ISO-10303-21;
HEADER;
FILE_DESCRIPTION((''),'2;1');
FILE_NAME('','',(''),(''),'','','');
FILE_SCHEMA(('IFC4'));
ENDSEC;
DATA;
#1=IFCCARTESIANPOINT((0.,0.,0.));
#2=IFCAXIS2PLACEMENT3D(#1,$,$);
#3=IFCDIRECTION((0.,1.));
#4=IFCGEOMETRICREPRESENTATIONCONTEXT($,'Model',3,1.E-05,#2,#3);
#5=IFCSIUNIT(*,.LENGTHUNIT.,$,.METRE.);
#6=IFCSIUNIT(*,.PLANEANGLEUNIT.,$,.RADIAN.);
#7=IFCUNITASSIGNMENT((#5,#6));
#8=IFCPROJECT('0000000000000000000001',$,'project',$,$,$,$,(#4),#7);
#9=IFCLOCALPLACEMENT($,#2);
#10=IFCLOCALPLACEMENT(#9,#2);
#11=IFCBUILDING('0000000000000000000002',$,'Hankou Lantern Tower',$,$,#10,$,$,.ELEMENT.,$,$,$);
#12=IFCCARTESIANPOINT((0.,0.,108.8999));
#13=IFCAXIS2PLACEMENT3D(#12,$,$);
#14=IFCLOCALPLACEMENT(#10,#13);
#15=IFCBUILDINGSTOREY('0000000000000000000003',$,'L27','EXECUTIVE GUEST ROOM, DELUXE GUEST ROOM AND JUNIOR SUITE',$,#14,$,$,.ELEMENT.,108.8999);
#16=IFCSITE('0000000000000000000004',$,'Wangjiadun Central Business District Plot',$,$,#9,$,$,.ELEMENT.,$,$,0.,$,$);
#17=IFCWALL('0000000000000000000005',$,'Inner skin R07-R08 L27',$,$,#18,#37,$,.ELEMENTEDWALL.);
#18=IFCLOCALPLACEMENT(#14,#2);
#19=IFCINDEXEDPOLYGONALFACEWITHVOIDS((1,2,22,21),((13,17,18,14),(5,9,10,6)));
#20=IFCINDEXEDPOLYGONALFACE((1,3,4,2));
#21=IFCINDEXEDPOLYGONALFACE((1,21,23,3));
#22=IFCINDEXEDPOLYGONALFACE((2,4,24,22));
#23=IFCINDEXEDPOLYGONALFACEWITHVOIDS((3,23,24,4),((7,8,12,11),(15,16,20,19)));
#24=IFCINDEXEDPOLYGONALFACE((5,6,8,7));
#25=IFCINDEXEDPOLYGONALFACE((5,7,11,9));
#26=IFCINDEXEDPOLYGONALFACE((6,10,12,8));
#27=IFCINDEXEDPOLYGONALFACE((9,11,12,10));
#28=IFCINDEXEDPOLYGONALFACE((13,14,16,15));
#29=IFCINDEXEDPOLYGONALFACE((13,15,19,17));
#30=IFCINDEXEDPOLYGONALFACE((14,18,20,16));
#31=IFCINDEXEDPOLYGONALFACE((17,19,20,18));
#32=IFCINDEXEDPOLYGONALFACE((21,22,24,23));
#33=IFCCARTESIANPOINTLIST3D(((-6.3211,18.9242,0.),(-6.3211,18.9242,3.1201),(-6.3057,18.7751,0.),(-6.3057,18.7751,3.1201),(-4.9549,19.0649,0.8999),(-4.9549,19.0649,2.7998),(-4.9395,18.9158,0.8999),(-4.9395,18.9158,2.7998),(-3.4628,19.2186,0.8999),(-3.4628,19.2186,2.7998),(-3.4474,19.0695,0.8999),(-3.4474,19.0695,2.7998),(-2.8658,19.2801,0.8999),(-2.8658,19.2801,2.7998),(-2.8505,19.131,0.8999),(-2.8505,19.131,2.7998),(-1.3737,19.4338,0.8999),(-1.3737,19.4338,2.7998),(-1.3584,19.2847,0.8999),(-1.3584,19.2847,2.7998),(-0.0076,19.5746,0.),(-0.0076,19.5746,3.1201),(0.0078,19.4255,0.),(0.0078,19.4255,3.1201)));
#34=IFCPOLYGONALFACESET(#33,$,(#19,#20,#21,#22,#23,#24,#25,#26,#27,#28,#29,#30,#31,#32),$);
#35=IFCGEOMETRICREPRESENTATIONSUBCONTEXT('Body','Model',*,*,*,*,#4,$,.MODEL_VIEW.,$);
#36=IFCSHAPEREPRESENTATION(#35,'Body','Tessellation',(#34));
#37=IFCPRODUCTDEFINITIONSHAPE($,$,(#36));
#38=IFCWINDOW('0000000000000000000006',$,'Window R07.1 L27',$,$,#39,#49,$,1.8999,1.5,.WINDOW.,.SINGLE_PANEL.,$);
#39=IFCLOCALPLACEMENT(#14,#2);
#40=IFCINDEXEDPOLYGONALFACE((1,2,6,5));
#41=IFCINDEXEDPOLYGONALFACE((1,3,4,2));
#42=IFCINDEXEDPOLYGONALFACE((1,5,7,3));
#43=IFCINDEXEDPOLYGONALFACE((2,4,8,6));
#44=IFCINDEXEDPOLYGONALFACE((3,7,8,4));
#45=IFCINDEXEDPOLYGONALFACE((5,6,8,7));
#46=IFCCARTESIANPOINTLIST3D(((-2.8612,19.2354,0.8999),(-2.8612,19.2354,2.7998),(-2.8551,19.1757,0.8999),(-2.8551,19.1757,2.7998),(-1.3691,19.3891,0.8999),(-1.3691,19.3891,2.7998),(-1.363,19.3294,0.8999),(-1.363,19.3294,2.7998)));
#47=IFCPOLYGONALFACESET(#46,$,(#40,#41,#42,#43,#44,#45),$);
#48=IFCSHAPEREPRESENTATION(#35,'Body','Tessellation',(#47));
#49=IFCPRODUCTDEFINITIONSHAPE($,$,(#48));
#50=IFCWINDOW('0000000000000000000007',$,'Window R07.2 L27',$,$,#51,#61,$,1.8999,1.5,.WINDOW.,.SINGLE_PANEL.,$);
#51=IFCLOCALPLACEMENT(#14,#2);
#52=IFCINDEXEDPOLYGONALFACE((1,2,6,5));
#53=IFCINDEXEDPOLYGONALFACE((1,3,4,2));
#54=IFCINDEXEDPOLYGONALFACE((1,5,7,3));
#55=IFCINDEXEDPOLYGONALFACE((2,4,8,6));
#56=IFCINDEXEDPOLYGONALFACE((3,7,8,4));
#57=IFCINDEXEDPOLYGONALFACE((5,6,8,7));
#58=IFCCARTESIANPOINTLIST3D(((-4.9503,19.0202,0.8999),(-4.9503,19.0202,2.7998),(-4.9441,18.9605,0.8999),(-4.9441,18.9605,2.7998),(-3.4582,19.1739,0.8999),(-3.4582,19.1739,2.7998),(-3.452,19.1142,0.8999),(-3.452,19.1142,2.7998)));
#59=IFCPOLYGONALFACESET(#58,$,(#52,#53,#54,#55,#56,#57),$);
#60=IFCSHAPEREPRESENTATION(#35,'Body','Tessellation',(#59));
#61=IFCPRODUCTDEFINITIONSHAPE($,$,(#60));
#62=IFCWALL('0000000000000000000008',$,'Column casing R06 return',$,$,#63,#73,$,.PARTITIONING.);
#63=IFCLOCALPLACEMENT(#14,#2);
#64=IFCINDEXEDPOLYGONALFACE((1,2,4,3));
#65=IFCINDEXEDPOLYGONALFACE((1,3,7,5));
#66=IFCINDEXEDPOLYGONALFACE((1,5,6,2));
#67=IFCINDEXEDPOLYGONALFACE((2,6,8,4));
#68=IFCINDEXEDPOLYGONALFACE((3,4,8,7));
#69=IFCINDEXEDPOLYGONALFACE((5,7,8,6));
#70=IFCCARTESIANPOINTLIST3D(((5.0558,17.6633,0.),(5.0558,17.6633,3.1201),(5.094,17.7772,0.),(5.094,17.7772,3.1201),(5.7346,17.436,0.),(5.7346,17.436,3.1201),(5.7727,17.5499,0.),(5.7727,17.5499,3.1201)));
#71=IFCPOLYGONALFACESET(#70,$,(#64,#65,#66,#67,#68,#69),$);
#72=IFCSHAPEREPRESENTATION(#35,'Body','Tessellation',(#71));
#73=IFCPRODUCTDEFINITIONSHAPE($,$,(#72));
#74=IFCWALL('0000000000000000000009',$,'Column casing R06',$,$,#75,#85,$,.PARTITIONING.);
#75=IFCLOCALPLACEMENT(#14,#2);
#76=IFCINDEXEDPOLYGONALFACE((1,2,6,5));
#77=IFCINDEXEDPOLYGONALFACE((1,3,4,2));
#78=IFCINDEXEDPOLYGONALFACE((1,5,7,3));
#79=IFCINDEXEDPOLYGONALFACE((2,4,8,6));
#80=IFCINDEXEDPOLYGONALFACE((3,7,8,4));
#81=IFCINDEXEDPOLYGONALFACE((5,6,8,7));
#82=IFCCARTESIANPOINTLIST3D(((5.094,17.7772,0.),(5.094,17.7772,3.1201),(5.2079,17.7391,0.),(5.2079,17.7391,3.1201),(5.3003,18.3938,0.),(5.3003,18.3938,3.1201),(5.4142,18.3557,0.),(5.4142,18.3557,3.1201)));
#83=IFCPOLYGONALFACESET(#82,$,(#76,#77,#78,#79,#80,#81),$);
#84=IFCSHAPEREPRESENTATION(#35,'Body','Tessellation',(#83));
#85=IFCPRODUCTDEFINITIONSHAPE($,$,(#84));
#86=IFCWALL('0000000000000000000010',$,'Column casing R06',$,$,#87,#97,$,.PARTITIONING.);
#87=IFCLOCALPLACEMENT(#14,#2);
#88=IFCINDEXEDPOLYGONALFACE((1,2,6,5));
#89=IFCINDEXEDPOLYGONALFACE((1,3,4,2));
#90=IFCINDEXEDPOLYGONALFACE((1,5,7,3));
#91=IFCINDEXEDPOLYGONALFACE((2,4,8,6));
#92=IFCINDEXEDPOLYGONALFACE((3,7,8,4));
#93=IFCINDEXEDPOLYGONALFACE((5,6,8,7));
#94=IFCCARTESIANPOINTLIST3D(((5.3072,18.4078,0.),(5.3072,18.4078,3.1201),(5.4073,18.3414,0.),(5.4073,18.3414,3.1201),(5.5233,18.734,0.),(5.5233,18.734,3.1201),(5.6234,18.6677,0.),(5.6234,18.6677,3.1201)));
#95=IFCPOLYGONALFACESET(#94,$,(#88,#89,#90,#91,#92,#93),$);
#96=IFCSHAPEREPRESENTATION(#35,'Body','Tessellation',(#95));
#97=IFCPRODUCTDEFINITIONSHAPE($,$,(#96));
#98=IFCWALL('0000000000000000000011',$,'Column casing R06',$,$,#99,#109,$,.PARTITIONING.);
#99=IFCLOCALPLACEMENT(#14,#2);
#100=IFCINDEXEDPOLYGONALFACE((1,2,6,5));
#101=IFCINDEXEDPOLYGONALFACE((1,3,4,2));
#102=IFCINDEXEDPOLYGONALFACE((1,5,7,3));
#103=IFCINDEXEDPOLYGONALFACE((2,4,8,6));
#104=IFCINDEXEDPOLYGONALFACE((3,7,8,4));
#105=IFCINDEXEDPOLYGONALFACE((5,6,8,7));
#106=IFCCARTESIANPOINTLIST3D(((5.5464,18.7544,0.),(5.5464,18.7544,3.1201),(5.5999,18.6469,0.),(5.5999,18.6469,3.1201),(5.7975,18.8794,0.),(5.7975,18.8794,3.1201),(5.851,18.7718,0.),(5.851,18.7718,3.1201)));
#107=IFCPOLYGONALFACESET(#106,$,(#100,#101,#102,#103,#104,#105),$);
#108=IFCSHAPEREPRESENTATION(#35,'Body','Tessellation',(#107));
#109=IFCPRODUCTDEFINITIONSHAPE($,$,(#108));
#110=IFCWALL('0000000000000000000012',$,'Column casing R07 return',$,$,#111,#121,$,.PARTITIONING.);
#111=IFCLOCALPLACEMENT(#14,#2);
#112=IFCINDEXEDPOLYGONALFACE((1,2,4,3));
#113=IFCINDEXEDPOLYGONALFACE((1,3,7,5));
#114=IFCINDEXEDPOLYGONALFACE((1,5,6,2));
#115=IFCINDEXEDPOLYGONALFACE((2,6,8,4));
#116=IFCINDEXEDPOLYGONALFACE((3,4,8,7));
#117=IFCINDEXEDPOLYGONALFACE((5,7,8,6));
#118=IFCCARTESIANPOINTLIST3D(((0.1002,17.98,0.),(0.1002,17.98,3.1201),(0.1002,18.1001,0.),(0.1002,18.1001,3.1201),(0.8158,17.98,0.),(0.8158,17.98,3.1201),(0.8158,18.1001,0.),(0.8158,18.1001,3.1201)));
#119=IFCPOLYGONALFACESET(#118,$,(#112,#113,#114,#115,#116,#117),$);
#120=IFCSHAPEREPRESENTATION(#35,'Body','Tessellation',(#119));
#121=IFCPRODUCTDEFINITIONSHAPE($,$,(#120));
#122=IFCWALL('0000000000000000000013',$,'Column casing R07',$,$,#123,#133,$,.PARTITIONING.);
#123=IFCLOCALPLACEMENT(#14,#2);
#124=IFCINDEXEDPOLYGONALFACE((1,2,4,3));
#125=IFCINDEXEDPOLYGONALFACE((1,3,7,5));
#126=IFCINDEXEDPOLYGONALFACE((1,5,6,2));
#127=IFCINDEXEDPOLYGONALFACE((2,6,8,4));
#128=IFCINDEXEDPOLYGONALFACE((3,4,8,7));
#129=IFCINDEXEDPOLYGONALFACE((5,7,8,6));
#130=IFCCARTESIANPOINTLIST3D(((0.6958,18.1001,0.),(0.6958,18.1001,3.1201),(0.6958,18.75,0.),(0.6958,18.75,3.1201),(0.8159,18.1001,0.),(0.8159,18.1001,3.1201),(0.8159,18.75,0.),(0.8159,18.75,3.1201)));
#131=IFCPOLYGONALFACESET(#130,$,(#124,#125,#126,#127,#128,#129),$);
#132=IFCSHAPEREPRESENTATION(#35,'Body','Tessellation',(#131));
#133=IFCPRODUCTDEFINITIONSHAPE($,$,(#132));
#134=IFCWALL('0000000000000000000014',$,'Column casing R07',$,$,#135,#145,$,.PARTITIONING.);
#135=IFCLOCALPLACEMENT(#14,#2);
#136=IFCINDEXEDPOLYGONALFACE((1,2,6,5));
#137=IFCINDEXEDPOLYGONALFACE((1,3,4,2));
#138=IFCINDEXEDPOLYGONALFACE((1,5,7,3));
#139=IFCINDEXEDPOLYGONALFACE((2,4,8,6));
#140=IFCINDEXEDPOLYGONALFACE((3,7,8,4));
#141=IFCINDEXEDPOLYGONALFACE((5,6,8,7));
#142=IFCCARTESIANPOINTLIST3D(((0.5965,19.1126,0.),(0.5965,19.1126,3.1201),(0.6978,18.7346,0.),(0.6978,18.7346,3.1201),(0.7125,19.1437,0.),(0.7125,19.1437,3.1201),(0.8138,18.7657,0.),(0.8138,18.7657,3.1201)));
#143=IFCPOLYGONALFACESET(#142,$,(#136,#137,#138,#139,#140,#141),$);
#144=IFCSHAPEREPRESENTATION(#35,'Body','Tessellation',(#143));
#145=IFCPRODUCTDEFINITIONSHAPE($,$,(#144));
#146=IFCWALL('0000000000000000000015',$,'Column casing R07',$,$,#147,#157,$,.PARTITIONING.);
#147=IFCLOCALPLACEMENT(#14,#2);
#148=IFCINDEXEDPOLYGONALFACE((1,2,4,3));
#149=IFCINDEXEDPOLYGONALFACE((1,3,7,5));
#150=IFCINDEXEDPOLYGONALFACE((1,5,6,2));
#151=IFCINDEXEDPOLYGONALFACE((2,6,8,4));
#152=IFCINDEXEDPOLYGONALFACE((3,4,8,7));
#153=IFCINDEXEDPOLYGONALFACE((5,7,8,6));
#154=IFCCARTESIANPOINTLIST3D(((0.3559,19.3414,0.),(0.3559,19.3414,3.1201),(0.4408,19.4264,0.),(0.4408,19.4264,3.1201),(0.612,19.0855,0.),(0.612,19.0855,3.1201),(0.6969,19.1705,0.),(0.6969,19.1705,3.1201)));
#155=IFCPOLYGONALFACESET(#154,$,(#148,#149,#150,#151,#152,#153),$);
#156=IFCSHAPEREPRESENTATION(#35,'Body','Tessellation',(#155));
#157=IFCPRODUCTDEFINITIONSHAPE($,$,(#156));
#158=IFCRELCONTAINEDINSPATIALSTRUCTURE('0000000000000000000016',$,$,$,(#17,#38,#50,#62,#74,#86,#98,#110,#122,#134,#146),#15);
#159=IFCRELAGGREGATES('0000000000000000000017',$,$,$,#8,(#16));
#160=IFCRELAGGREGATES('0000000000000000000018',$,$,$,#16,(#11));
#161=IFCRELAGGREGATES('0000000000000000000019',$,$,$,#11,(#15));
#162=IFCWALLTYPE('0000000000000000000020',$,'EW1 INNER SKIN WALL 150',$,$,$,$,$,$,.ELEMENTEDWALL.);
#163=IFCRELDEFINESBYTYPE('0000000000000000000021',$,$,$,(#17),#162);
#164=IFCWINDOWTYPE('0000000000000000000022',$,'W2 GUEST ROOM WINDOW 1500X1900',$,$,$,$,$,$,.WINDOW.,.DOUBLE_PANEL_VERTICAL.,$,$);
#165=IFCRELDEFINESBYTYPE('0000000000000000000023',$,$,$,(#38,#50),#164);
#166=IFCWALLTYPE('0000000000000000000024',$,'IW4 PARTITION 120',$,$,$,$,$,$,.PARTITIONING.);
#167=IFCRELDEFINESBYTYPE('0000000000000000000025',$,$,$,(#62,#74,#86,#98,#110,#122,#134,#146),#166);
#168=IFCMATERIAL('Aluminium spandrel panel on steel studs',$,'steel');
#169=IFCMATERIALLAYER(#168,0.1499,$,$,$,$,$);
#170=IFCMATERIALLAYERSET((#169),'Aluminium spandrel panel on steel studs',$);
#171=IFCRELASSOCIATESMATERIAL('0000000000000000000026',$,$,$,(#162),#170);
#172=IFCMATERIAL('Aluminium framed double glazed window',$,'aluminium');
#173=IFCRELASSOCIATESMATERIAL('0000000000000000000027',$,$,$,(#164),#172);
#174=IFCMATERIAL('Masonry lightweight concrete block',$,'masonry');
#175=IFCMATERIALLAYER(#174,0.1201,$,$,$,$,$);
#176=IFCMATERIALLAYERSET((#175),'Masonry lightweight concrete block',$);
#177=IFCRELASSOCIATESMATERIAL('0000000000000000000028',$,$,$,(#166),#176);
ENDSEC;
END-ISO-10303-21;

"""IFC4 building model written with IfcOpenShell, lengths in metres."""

from ifc_helpers import new_model, si_unit, direction, frame, frame_2d, origin, place, context, subcontext, project, spatial, rectangle, extrude, material, layer, layer_set, type_object, element, fill, save


model = new_model("IFC4")

# Units and contexts
model_context = context("Model", 3, precision=1e-05, world=origin(), true_north=direction((0.0, 1.0)))
body_context = subcontext(model_context, "Body", "Model", "MODEL_VIEW")
ifc_project = project(units=[si_unit("LENGTHUNIT", "METRE"), si_unit("PLANEANGLEUNIT", "RADIAN")], contexts=[model_context])

# Site, building, storey
site_placement = place(None, origin())
site = spatial("IfcSite", under=ifc_project, at=site_placement, Name="Wangjiadun Central Business District Plot", CompositionType="ELEMENT", RefElevation=0.0)
building_placement = place(site_placement, origin())
building = spatial("IfcBuilding", under=site, at=building_placement, Name="Hankou Lantern Tower", CompositionType="ELEMENT")
storey_placement = place(building_placement, frame((0.0, 0.0, 108.8999)))
storey = spatial("IfcBuildingStorey", under=building, at=storey_placement, Name="L27", Description="EXECUTIVE GUEST ROOM, DELUXE GUEST ROOM AND JUNIOR SUITE", CompositionType="ELEMENT", Elevation=108.8999)

# Wall, openings, windows
ifc_material_1 = material(Name="Aluminium spandrel panel on steel studs", Category="steel")
ifc_layer_1 = layer(ifc_material_1, 0.1499)
ifc_layer_set_1 = layer_set([ifc_layer_1], Name="Aluminium spandrel panel on steel studs")
wall_type_1 = type_object("IfcWallType", Name="EW1 INNER SKIN WALL 150", PredefinedType="ELEMENTEDWALL", material=ifc_layer_set_1)
ifc_material_2 = material(Name="Aluminium framed double glazed window", Category="aluminium")
window_type = type_object("IfcWindowType", Name="W2 GUEST ROOM WINDOW 1500X1900", PartitioningType="DOUBLE_PANEL_VERTICAL", PredefinedType="WINDOW", material=ifc_material_2)
wall_1_placement = place(storey_placement, frame((0.0, 19.5, 0.0), z_axis=(0.0, 0.0, 1.0), x_axis=(-0.994736, -0.102474, 0.0)))
wall_1 = element("IfcWall", 1, at=wall_1_placement, inside=storey, type_object=wall_type_1, Name="Inner skin R07-R08 L27", PredefinedType="ELEMENTEDWALL", context=body_context, shape_type="SweptSolid", body=[
    extrude(rectangle(XDim=6.3469, YDim=0.1499, at=frame_2d((3.1733, 0.0))), origin(), (0.0, 0.0, 1.0), 3.1201),
])
opening_1_placement = place(wall_1_placement, frame((1.3733, 0.0, 0.8999)))
opening_1 = element("IfcOpeningElement", 2, at=opening_1_placement, cuts=wall_1, PredefinedType="OPENING", context=body_context, shape_type="SweptSolid", body=[
    extrude(rectangle(XDim=1.5, YDim=1.8999, at=frame_2d((0.75, 0.95))), frame((0.0, 0.085, 0.0), z_axis=(0.0, -1.0, 0.0), x_axis=(1.0, 0.0, 0.0)), (0.0, 0.0, 1.0), 0.1699),
])
opening_2_placement = place(wall_1_placement, frame((3.4734, 0.0, 0.8999)))
opening_2 = element("IfcOpeningElement", 3, at=opening_2_placement, cuts=wall_1, PredefinedType="OPENING", context=body_context, shape_type="SweptSolid", body=[
    extrude(rectangle(XDim=1.5, YDim=1.8999, at=frame_2d((0.75, 0.95))), frame((0.0, 0.085, 0.0), z_axis=(0.0, -1.0, 0.0), x_axis=(1.0, 0.0, 0.0)), (0.0, 0.0, 1.0), 0.1699),
])
window_1_placement = place(opening_1_placement, origin())
window_1 = element("IfcWindow", 4, at=window_1_placement, inside=storey, type_object=window_type, Name="Window R07.1 L27", OverallHeight=1.8999, OverallWidth=1.5, PartitioningType="SINGLE_PANEL", PredefinedType="WINDOW", context=body_context, shape_type="SweptSolid", body=[
    extrude(rectangle(XDim=1.5, YDim=1.8999, at=frame_2d((0.75, 0.95))), frame((0.0, 0.03, 0.0), z_axis=(0.0, -1.0, 0.0), x_axis=(1.0, 0.0, 0.0)), (0.0, 0.0, 1.0), 0.0601),
])
fill(opening_1, window_1)
window_2_placement = place(opening_2_placement, origin())
window_2 = element("IfcWindow", 5, at=window_2_placement, inside=storey, type_object=window_type, Name="Window R07.2 L27", OverallHeight=1.8999, OverallWidth=1.5, PartitioningType="SINGLE_PANEL", PredefinedType="WINDOW", context=body_context, shape_type="SweptSolid", body=[
    extrude(rectangle(XDim=1.5, YDim=1.8999, at=frame_2d((0.75, 0.95))), frame((0.0, 0.03, 0.0), z_axis=(0.0, -1.0, 0.0), x_axis=(1.0, 0.0, 0.0)), (0.0, 0.0, 1.0), 0.0601),
])
fill(opening_2, window_2)

# Walls
ifc_material_3 = material(Name="Masonry lightweight concrete block", Category="masonry")
ifc_layer_2 = layer(ifc_material_3, 0.1201)
ifc_layer_set_2 = layer_set([ifc_layer_2], Name="Masonry lightweight concrete block")
wall_type_2 = type_object("IfcWallType", Name="IW4 PARTITION 120", PredefinedType="PARTITIONING", material=ifc_layer_set_2)
wall_2_placement = place(storey_placement, frame((5.7537, 17.4929, 0.0), z_axis=(0.0, 0.0, 1.0), x_axis=(-0.948239, 0.317558, 0.0)))
element("IfcWall", 6, at=wall_2_placement, inside=storey, type_object=wall_type_2, Name="Column casing R06 return", PredefinedType="PARTITIONING", context=body_context, shape_type="SweptSolid", body=[
    extrude(rectangle(XDim=0.7158, YDim=0.1201, at=frame_2d((0.3579, 0.0))), origin(), (0.0, 0.0, 1.0), 3.1201),
])
wall_3_placement = place(storey_placement, frame((5.1509, 17.7581, 0.0), z_axis=(0.0, 0.0, 1.0), x_axis=(0.317354, 0.948307, 0.0)))
element("IfcWall", 7, at=wall_3_placement, inside=storey, type_object=wall_type_2, Name="Column casing R06", PredefinedType="PARTITIONING", context=body_context, shape_type="SweptSolid", body=[
    extrude(rectangle(XDim=0.6501, YDim=0.1201, at=frame_2d((0.3252, 0.0))), origin(), (0.0, 0.0, 1.0), 3.1201),
])
wall_4_placement = place(storey_placement, frame((5.3572, 18.3745, 0.0), z_axis=(0.0, 0.0, 1.0), x_axis=(0.55225, 0.833679, 0.0)))
element("IfcWall", 8, at=wall_4_placement, inside=storey, type_object=wall_type_2, Name="Column casing R06", PredefinedType="PARTITIONING", context=body_context, shape_type="SweptSolid", body=[
    extrude(rectangle(XDim=0.3914, YDim=0.1201, at=frame_2d((0.1958, 0.0))), origin(), (0.0, 0.0, 1.0), 3.1201),
])
wall_5_placement = place(storey_placement, frame((5.5732, 18.7007, 0.0), z_axis=(0.0, 0.0, 1.0), x_axis=(0.895296, 0.445473, 0.0)))
element("IfcWall", 9, at=wall_5_placement, inside=storey, type_object=wall_type_2, Name="Column casing R06", PredefinedType="PARTITIONING", context=body_context, shape_type="SweptSolid", body=[
    extrude(rectangle(XDim=0.2805, YDim=0.1201, at=frame_2d((0.1401, 0.0))), origin(), (0.0, 0.0, 1.0), 3.1201),
])
wall_6_placement = place(storey_placement, frame((0.1001, 18.04, 0.0), z_axis=(0.0, 0.0, 1.0), x_axis=(1.0, 0.0, 0.0)))
element("IfcWall", 10, at=wall_6_placement, inside=storey, type_object=wall_type_2, Name="Column casing R07 return", PredefinedType="PARTITIONING", context=body_context, shape_type="SweptSolid", body=[
    extrude(rectangle(XDim=0.7156, YDim=0.1201, at=frame_2d((0.3579, 0.0))), origin(), (0.0, 0.0, 1.0), 3.1201),
])
wall_7_placement = place(storey_placement, frame((0.7559, 18.1001, 0.0), z_axis=(0.0, 0.0, 1.0), x_axis=(0.0, 1.0, 0.0)))
element("IfcWall", 11, at=wall_7_placement, inside=storey, type_object=wall_type_2, Name="Column casing R07", PredefinedType="PARTITIONING", context=body_context, shape_type="SweptSolid", body=[
    extrude(rectangle(XDim=0.6499, YDim=0.1201, at=frame_2d((0.325, 0.0))), origin(), (0.0, 0.0, 1.0), 3.1201),
])
wall_8_placement = place(storey_placement, frame((0.7559, 18.75, 0.0), z_axis=(0.0, 0.0, 1.0), x_axis=(-0.258944, 0.965892, 0.0)))
element("IfcWall", 12, at=wall_8_placement, inside=storey, type_object=wall_type_2, Name="Column casing R07", PredefinedType="PARTITIONING", context=body_context, shape_type="SweptSolid", body=[
    extrude(rectangle(XDim=0.3914, YDim=0.1201, at=frame_2d((0.1958, 0.0))), origin(), (0.0, 0.0, 1.0), 3.1201),
])
wall_9_placement = place(storey_placement, frame((0.6545, 19.1279, 0.0), z_axis=(0.0, 0.0, 1.0), x_axis=(-0.707444, 0.70677, 0.0)))
element("IfcWall", 13, at=wall_9_placement, inside=storey, type_object=wall_type_2, Name="Column casing R07", PredefinedType="PARTITIONING", context=body_context, shape_type="SweptSolid", body=[
    extrude(rectangle(XDim=0.3621, YDim=0.1201, at=frame_2d((0.1812, 0.0))), origin(), (0.0, 0.0, 1.0), 3.1201),
])

save(model, "model.ifc")
